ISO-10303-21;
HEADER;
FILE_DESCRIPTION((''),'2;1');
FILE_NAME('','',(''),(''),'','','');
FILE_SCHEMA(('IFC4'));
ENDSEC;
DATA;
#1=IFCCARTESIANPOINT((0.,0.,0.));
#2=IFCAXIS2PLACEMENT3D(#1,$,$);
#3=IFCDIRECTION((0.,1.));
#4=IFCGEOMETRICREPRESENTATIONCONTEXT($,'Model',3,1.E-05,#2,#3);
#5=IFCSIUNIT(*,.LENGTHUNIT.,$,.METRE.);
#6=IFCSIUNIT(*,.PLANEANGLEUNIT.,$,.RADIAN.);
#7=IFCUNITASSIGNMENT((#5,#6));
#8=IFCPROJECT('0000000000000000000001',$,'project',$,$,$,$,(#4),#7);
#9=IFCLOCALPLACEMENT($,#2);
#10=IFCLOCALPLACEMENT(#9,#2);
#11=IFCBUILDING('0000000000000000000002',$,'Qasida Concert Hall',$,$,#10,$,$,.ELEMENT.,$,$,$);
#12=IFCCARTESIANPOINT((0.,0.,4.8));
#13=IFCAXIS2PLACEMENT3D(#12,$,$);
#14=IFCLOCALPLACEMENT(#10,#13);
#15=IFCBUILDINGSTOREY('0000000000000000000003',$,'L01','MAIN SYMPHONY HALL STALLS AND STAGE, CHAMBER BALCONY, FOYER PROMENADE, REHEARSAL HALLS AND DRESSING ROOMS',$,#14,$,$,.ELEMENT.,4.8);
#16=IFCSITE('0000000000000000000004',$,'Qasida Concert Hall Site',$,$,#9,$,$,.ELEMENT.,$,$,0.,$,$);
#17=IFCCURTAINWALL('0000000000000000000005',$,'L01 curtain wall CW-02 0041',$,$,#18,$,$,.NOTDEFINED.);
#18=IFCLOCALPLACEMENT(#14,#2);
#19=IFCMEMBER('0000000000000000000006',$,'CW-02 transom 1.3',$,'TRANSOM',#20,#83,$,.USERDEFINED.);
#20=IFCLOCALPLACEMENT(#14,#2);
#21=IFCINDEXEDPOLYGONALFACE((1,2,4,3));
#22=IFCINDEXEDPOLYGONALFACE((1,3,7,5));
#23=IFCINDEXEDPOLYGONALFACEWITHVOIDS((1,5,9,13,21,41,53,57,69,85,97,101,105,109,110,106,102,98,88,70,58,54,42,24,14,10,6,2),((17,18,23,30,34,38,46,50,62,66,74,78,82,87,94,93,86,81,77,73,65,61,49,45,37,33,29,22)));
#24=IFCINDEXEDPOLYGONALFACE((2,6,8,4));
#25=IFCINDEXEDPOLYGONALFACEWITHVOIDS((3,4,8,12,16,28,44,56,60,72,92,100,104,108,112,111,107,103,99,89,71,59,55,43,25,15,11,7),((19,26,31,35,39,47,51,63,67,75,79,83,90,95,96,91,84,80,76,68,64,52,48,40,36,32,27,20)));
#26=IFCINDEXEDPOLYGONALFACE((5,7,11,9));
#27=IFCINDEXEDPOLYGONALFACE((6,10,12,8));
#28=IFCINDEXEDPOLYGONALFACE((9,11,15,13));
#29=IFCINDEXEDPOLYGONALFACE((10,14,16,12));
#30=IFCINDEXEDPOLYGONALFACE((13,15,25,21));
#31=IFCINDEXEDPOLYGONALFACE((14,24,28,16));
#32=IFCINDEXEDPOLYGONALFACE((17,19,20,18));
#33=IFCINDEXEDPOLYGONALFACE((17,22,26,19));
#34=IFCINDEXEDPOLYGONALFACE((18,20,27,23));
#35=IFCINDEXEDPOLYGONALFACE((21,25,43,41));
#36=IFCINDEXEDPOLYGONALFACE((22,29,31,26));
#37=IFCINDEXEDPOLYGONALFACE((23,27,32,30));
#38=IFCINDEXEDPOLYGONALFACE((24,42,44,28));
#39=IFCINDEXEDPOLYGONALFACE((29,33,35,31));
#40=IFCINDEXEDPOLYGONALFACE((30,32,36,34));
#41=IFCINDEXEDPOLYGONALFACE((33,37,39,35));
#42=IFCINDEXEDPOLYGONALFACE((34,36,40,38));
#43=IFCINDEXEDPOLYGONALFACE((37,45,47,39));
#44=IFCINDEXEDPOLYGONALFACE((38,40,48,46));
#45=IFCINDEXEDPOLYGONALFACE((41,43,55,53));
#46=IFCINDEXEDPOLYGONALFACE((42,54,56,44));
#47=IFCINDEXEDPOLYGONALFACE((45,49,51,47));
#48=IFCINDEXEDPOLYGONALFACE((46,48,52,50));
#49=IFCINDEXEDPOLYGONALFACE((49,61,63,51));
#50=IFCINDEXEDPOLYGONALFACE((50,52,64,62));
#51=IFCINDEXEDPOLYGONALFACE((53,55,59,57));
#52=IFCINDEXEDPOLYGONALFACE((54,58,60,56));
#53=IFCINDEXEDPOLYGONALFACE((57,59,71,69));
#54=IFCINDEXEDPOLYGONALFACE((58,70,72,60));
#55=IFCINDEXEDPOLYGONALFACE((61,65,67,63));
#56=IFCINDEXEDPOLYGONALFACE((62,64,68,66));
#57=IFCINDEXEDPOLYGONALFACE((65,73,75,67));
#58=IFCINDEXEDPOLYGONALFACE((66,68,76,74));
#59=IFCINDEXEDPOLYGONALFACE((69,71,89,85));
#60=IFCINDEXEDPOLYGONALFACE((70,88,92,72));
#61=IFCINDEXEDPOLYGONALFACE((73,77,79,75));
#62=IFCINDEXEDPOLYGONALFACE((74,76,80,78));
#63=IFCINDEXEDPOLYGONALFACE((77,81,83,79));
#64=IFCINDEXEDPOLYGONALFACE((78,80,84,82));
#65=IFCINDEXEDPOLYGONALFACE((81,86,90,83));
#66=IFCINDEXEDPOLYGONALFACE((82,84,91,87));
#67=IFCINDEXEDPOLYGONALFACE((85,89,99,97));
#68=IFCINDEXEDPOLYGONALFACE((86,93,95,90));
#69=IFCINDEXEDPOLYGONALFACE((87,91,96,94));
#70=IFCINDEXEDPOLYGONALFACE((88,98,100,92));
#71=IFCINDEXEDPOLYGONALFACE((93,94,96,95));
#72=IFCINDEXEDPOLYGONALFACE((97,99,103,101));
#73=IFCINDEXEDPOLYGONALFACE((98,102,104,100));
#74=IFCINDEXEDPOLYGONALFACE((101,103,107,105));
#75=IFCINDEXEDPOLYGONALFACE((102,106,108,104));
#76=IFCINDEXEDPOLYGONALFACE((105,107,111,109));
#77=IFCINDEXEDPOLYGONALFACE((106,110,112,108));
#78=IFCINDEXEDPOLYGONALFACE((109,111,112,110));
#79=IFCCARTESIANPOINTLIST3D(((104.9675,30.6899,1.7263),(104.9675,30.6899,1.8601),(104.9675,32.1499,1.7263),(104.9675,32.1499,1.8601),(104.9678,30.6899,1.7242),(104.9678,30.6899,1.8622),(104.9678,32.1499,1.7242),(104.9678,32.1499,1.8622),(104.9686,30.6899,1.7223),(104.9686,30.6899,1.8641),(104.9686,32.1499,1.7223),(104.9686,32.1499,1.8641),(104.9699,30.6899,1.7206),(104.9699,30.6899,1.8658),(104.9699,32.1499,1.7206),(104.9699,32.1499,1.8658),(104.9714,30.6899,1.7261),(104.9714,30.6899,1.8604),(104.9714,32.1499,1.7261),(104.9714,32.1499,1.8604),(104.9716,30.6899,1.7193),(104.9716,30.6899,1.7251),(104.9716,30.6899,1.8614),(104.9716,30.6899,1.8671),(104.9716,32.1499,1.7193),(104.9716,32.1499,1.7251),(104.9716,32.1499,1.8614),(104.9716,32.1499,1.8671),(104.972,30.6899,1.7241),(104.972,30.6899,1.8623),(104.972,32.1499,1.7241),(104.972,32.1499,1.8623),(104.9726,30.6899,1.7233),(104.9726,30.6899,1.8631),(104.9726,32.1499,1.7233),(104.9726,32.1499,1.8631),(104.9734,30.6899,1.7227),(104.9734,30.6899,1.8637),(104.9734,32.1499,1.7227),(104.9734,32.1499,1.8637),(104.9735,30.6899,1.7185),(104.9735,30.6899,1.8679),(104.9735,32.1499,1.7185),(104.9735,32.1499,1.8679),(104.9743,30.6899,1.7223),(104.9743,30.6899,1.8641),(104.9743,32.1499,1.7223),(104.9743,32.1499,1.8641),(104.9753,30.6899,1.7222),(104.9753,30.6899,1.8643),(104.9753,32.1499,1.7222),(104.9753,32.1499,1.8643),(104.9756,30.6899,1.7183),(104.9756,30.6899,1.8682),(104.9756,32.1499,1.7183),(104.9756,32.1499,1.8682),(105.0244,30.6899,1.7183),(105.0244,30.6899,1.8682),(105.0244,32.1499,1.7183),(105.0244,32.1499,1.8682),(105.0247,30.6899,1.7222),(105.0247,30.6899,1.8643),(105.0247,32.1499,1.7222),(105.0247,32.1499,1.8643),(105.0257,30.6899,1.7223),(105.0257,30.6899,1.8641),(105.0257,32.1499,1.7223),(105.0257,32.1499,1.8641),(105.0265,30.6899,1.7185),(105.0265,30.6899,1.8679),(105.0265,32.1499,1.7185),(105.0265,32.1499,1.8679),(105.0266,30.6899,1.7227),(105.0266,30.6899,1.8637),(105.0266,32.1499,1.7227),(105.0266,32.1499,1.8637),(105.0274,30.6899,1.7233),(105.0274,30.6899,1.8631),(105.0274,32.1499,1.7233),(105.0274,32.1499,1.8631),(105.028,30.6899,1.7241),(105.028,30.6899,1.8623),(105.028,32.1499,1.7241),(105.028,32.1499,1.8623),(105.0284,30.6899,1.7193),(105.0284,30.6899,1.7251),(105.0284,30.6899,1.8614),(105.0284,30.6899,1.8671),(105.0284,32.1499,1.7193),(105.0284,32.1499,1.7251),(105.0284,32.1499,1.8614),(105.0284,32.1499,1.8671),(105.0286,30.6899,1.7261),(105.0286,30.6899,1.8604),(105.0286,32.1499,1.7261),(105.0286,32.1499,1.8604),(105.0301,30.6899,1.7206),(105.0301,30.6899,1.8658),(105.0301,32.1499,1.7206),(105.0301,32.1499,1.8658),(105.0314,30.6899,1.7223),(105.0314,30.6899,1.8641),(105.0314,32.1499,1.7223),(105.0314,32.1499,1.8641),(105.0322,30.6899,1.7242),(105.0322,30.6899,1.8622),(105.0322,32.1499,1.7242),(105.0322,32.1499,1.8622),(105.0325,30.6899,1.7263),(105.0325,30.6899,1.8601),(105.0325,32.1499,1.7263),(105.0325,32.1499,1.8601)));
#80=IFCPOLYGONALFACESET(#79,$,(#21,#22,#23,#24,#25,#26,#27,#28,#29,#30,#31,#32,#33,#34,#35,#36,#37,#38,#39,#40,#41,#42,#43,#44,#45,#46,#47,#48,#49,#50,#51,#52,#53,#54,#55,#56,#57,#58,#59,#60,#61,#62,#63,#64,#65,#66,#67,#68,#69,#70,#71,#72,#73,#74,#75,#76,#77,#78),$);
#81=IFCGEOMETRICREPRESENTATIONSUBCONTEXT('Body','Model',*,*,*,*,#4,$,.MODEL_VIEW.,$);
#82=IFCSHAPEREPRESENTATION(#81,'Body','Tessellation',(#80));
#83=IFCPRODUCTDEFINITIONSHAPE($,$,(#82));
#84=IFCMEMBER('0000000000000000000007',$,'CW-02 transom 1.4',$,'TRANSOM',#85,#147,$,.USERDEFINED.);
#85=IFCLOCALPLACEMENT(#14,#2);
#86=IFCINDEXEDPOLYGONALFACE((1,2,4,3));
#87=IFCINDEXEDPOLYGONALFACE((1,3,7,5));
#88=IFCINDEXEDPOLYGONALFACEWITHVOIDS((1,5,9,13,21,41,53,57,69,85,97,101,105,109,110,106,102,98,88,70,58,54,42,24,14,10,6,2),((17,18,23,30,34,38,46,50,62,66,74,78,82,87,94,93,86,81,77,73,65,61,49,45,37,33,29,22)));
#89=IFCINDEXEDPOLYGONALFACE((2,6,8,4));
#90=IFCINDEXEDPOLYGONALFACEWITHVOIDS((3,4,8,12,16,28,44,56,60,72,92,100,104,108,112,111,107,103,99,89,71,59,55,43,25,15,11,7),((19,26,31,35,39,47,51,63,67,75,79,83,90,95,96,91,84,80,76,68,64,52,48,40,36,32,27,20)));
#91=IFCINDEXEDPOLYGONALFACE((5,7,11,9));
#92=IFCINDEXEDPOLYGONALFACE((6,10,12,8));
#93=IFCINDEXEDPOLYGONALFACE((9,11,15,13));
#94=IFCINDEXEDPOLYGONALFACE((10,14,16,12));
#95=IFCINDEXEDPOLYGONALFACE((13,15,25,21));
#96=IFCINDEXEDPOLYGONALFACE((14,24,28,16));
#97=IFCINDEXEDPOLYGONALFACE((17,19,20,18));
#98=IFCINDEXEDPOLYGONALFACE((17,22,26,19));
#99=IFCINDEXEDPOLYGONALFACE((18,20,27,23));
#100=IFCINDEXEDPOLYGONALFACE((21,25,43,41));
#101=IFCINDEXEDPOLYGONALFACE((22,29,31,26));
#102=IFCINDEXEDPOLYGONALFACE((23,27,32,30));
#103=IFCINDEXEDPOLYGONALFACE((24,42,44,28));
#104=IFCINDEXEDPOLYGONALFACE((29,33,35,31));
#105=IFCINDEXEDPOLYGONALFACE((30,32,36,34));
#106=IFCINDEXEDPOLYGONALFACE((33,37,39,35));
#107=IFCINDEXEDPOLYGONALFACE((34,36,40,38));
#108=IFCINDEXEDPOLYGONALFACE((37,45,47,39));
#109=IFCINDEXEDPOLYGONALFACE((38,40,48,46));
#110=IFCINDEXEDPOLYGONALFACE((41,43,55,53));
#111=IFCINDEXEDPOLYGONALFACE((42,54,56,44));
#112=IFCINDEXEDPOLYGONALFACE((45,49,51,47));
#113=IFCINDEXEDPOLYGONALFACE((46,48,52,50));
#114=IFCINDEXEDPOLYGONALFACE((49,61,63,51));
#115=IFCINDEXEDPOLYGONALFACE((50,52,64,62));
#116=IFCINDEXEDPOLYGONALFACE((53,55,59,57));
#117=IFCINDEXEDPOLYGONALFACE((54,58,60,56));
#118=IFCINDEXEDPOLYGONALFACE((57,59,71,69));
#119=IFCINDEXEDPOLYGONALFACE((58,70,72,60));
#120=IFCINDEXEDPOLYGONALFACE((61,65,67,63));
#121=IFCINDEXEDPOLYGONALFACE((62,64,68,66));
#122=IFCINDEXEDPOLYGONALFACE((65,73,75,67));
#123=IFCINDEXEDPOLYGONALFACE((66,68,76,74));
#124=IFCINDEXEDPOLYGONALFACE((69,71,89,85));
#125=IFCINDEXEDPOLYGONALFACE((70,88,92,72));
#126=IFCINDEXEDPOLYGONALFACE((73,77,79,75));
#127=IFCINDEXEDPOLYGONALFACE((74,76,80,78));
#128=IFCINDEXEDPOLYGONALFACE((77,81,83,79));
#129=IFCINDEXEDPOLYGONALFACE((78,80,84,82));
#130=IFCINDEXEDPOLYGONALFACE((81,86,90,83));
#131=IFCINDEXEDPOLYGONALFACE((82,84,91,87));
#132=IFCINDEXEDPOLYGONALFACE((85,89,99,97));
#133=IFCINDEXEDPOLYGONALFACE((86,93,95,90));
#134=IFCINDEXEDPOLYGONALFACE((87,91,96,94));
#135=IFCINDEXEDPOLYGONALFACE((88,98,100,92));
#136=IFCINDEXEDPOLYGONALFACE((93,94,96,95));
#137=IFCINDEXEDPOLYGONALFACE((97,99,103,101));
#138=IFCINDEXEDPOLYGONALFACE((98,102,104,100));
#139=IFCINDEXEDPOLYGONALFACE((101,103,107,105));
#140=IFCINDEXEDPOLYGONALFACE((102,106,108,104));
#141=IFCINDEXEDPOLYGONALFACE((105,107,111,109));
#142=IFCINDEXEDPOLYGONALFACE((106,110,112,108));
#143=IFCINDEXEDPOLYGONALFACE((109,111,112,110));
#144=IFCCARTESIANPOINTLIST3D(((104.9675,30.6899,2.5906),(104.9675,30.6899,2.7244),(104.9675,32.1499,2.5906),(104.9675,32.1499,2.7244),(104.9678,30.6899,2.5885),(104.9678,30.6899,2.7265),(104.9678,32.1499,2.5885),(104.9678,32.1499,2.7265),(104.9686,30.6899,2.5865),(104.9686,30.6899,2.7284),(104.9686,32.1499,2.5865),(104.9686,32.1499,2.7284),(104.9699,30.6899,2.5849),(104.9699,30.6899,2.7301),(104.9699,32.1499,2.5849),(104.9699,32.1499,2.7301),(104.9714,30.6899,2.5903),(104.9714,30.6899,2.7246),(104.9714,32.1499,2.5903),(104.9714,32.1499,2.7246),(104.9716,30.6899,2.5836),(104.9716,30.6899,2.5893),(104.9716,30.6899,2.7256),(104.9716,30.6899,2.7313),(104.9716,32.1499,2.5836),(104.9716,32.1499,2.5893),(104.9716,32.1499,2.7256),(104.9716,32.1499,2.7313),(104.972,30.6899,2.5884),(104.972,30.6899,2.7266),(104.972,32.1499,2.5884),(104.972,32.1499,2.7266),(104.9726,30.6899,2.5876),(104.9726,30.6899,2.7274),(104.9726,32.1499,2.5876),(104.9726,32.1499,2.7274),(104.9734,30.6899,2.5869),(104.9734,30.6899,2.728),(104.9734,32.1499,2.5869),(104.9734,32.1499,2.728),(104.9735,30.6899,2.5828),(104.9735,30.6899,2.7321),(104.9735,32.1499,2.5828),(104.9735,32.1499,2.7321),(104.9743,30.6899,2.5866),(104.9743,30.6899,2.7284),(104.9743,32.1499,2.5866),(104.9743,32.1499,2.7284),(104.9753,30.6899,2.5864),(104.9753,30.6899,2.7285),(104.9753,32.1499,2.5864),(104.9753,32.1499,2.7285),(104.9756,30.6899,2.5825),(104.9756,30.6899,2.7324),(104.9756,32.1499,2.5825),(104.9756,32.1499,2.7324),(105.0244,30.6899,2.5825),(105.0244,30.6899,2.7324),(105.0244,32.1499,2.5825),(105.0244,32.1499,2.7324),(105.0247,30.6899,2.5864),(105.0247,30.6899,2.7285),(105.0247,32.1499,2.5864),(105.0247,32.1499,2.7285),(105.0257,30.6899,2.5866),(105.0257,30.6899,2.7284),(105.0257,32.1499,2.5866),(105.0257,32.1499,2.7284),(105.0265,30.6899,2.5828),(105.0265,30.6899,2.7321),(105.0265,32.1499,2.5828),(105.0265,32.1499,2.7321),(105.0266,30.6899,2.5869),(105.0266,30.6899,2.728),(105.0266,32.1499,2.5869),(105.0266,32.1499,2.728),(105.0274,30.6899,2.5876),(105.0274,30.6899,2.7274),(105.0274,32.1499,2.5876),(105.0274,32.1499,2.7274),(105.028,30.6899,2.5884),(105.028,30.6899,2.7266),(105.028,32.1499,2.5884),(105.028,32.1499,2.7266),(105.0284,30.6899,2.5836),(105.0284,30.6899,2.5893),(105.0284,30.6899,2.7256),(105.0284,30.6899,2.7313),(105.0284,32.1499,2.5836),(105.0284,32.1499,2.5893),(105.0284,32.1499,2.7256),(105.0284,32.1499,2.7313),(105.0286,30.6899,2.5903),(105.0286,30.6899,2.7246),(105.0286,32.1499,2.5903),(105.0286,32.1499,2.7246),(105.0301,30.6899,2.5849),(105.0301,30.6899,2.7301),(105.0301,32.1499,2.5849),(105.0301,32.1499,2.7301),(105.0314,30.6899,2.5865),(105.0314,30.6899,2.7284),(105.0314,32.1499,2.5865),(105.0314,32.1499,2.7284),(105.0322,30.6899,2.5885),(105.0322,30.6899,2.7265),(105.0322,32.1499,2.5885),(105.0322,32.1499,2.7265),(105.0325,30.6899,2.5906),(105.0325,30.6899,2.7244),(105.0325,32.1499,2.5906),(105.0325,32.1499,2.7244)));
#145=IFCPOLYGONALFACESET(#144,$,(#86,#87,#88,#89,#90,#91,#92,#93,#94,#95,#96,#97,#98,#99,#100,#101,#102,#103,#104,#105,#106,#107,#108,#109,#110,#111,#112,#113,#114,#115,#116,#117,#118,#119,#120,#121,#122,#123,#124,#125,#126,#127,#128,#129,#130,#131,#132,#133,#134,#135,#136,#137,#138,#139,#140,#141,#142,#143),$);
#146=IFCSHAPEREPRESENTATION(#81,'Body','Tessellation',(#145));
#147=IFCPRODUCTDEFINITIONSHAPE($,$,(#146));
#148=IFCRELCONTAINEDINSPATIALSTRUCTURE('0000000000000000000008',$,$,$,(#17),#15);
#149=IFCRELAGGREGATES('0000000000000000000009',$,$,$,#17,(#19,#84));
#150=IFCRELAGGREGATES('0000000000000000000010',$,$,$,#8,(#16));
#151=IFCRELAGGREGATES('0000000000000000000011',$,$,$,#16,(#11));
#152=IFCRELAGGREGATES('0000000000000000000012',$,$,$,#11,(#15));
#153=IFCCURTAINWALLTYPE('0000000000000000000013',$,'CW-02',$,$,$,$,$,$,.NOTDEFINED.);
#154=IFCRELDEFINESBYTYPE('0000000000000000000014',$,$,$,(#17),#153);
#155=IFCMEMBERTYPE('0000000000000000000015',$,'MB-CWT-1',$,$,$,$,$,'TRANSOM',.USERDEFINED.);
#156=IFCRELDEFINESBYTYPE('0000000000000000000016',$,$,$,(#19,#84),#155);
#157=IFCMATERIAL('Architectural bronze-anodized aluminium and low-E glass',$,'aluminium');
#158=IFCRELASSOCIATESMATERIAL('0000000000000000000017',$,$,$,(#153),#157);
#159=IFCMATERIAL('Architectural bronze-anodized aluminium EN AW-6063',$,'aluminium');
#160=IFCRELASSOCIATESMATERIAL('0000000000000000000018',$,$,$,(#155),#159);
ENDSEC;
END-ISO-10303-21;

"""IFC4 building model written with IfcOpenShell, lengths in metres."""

from ifc_helpers import new_model, si_unit, direction, frame, origin, origin_2d, place, context, subcontext, project, spatial, hollow_rectangle, extrude, material, material_profile, profile_set, type_object, element, aggregate, save


model = new_model("IFC4")

# Units and contexts
model_context = context("Model", 3, precision=1e-05, world=origin(), true_north=direction((0.0, 1.0)))
body_context = subcontext(model_context, "Body", "Model", "MODEL_VIEW")
ifc_project = project(units=[si_unit("LENGTHUNIT", "METRE"), si_unit("PLANEANGLEUNIT", "RADIAN")], contexts=[model_context])

# Site, building, storey
site_placement = place(None, origin())
site = spatial("IfcSite", under=ifc_project, at=site_placement, Name="Qasida Concert Hall Site", CompositionType="ELEMENT", RefElevation=0.0)
building_placement = place(site_placement, origin())
building = spatial("IfcBuilding", under=site, at=building_placement, Name="Qasida Concert Hall", CompositionType="ELEMENT")
storey_placement = place(building_placement, frame((0.0, 0.0, 4.8)))
storey = spatial("IfcBuildingStorey", under=building, at=storey_placement, Name="L01", Description="MAIN SYMPHONY HALL STALLS AND STAGE, CHAMBER BALCONY, FOYER PROMENADE, REHEARSAL HALLS AND DRESSING ROOMS", CompositionType="ELEMENT", Elevation=4.8)

# Curtain wall, members
ifc_material_1 = material(Name="Architectural bronze-anodized aluminium and low-E glass", Category="aluminium")
curtain_wall_type = type_object("IfcCurtainWallType", Name="CW-02", PredefinedType="NOTDEFINED", material=ifc_material_1)
curtain_wall_placement = place(storey_placement, origin())
curtain_wall = element("IfcCurtainWall", 1, at=curtain_wall_placement, inside=storey, type_object=curtain_wall_type, Name="L01 curtain wall CW-02 0041", PredefinedType="NOTDEFINED")
ifc_material_2 = material(Name="Architectural bronze-anodized aluminium EN AW-6063", Category="aluminium")
ifc_material_profile_1 = material_profile(ifc_material_2, hollow_rectangle(XDim=0.0649, YDim=0.1499, WallThickness=0.0039, InnerFilletRadius=0.0039, OuterFilletRadius=0.0081, at=origin_2d()), Name="CWT 150x65x4")
ifc_profile_set_1 = profile_set([ifc_material_profile_1], Name="Architectural bronze-anodized aluminium EN AW-6063")
member_type_1 = type_object("IfcMemberType", Name="MB-CWT-1", ElementType="TRANSOM", PredefinedType="USERDEFINED", material=ifc_profile_set_1)
member_1_placement = place(storey_placement, frame((105.0, 30.6899, 1.7932), z_axis=(0.0, 1.0, 0.0), x_axis=(-1.0, 0.0, 0.0)))
member_1 = element("IfcMember", 2, at=member_1_placement, type_object=member_type_1, Name="CW-02 transom 1.3", ObjectType="TRANSOM", PredefinedType="USERDEFINED", context=body_context, shape_type="SweptSolid", body=[
    extrude(hollow_rectangle(XDim=0.0649, YDim=0.1499, WallThickness=0.0039, InnerFilletRadius=0.0039, OuterFilletRadius=0.0081, at=origin_2d()), origin(), (0.0, 0.0, 1.0), 1.46),
])
member_2_placement = place(storey_placement, frame((105.0, 30.6899, 2.6575), z_axis=(0.0, 1.0, 0.0), x_axis=(-1.0, 0.0, 0.0)))
member_2 = element("IfcMember", 3, at=member_2_placement, type_object=member_type_1, Name="CW-02 transom 1.4", ObjectType="TRANSOM", PredefinedType="USERDEFINED", context=body_context, shape_type="SweptSolid", body=[
    extrude(hollow_rectangle(XDim=0.0649, YDim=0.1499, WallThickness=0.0039, InnerFilletRadius=0.0039, OuterFilletRadius=0.0081, at=origin_2d()), origin(), (0.0, 0.0, 1.0), 1.46),
])
aggregate(curtain_wall, [member_1, member_2])

save(model, "model.ifc")
